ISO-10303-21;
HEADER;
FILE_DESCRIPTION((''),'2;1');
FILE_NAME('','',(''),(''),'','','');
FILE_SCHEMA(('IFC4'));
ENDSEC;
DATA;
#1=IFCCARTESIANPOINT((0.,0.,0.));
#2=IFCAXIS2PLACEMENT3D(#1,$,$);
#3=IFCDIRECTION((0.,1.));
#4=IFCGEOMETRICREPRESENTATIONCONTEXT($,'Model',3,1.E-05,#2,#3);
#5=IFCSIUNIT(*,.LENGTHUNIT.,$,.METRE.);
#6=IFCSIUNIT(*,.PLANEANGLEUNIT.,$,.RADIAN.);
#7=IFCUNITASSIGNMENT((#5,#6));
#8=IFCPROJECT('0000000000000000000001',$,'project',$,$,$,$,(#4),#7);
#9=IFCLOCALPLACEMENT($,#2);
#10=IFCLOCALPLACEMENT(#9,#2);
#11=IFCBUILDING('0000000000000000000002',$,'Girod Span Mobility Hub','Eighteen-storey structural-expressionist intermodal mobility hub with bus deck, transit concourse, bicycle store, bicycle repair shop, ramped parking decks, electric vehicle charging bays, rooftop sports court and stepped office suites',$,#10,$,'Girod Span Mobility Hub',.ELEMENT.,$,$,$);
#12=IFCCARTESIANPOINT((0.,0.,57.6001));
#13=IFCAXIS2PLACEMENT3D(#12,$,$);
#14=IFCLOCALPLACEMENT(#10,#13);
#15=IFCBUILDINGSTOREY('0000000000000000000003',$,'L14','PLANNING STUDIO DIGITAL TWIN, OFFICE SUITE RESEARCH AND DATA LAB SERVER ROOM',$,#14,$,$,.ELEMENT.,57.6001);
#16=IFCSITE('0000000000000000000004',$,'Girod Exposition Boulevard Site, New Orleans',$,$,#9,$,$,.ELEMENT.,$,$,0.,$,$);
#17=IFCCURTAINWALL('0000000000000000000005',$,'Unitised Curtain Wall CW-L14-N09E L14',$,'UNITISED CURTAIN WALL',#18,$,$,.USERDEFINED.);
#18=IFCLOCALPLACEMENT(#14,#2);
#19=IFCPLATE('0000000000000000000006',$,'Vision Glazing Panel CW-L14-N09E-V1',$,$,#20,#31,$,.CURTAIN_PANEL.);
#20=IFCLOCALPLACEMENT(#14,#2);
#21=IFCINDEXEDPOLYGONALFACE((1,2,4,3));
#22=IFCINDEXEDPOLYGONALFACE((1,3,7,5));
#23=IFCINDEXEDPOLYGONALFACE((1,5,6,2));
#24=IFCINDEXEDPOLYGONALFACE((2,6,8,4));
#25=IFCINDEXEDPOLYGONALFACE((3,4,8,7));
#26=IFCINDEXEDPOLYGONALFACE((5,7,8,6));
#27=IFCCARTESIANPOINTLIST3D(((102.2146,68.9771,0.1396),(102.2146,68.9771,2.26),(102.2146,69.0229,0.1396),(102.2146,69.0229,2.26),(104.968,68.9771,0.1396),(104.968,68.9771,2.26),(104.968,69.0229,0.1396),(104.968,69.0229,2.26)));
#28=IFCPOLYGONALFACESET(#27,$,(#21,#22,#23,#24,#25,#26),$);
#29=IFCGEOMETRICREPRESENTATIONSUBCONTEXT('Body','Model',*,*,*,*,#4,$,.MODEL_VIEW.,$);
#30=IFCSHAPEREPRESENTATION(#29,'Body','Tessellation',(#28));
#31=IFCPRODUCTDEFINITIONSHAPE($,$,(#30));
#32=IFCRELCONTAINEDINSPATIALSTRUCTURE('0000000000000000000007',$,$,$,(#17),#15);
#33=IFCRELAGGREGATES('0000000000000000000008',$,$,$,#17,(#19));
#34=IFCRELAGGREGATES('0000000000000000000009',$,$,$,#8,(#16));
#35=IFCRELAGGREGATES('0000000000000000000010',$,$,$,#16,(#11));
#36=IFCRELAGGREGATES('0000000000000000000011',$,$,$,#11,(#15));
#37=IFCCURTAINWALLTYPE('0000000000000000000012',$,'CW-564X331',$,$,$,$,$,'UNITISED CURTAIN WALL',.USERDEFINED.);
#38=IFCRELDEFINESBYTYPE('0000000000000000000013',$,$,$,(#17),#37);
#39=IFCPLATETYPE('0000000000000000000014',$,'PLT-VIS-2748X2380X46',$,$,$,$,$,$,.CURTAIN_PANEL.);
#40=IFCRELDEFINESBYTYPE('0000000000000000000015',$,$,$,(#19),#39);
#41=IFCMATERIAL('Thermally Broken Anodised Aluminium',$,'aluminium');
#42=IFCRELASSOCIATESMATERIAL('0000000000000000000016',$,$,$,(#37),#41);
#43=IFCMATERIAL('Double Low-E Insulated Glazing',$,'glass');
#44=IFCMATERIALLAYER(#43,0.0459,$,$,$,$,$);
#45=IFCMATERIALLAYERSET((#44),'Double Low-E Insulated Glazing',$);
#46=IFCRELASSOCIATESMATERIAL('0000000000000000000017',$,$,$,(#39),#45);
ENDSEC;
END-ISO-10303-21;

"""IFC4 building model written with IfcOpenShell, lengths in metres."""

from ifc_helpers import new_model, si_unit, direction, frame, origin, origin_2d, place, context, subcontext, project, spatial, rectangle, extrude, material, layer, layer_set, type_object, element, aggregate, save


model = new_model("IFC4")

# Units and contexts
model_context = context("Model", 3, precision=1e-05, world=origin(), true_north=direction((0.0, 1.0)))
body_context = subcontext(model_context, "Body", "Model", "MODEL_VIEW")
ifc_project = project(units=[si_unit("LENGTHUNIT", "METRE"), si_unit("PLANEANGLEUNIT", "RADIAN")], contexts=[model_context])

# Site, building, storey
site_placement = place(None, origin())
site = spatial("IfcSite", under=ifc_project, at=site_placement, Name="Girod Exposition Boulevard Site, New Orleans", CompositionType="ELEMENT", RefElevation=0.0)
building_placement = place(site_placement, origin())
building = spatial("IfcBuilding", under=site, at=building_placement, Name="Girod Span Mobility Hub", Description="Eighteen-storey structural-expressionist intermodal mobility hub with bus deck, transit concourse, bicycle store, bicycle repair shop, ramped parking decks, electric vehicle charging bays, rooftop sports court and stepped office suites", LongName="Girod Span Mobility Hub", CompositionType="ELEMENT")
storey_placement = place(building_placement, frame((0.0, 0.0, 57.6001)))
storey = spatial("IfcBuildingStorey", under=building, at=storey_placement, Name="L14", Description="PLANNING STUDIO DIGITAL TWIN, OFFICE SUITE RESEARCH AND DATA LAB SERVER ROOM", CompositionType="ELEMENT", Elevation=57.6001)

# Shared definitions
ifc_material_1 = material(Name="Thermally Broken Anodised Aluminium", Category="aluminium")
curtain_wall_type = type_object("IfcCurtainWallType", Name="CW-564X331", ElementType="UNITISED CURTAIN WALL", PredefinedType="USERDEFINED", material=ifc_material_1)

# Curtain wall
curtain_wall_1_placement = place(storey_placement, origin())
curtain_wall_1 = element("IfcCurtainWall", 1, at=curtain_wall_1_placement, inside=storey, type_object=curtain_wall_type, Name="Unitised Curtain Wall CW-L14-N09E L14", ObjectType="UNITISED CURTAIN WALL", PredefinedType="USERDEFINED")

# Plate
ifc_material_2 = material(Name="Double Low-E Insulated Glazing", Category="glass")
ifc_layer_1 = layer(ifc_material_2, 0.0459)
ifc_layer_set_1 = layer_set([ifc_layer_1], Name="Double Low-E Insulated Glazing")
plate_type_1 = type_object("IfcPlateType", Name="PLT-VIS-2748X2380X46", PredefinedType="CURTAIN_PANEL", material=ifc_layer_set_1)
plate_1_placement = place(storey_placement, frame((103.5913, 69.0, 0.1396), z_axis=(0.0, 0.0, 1.0), x_axis=(1.0, 0.0, 0.0)))
plate_1 = element("IfcPlate", 2, at=plate_1_placement, type_object=plate_type_1, Name="Vision Glazing Panel CW-L14-N09E-V1", PredefinedType="CURTAIN_PANEL", context=body_context, shape_type="SweptSolid", body=[
    extrude(rectangle(XDim=2.7534, YDim=0.0459, at=origin_2d()), origin(), (0.0, 0.0, 1.0), 2.1204),
])
aggregate(curtain_wall_1, [plate_1])

save(model, "model.ifc")
